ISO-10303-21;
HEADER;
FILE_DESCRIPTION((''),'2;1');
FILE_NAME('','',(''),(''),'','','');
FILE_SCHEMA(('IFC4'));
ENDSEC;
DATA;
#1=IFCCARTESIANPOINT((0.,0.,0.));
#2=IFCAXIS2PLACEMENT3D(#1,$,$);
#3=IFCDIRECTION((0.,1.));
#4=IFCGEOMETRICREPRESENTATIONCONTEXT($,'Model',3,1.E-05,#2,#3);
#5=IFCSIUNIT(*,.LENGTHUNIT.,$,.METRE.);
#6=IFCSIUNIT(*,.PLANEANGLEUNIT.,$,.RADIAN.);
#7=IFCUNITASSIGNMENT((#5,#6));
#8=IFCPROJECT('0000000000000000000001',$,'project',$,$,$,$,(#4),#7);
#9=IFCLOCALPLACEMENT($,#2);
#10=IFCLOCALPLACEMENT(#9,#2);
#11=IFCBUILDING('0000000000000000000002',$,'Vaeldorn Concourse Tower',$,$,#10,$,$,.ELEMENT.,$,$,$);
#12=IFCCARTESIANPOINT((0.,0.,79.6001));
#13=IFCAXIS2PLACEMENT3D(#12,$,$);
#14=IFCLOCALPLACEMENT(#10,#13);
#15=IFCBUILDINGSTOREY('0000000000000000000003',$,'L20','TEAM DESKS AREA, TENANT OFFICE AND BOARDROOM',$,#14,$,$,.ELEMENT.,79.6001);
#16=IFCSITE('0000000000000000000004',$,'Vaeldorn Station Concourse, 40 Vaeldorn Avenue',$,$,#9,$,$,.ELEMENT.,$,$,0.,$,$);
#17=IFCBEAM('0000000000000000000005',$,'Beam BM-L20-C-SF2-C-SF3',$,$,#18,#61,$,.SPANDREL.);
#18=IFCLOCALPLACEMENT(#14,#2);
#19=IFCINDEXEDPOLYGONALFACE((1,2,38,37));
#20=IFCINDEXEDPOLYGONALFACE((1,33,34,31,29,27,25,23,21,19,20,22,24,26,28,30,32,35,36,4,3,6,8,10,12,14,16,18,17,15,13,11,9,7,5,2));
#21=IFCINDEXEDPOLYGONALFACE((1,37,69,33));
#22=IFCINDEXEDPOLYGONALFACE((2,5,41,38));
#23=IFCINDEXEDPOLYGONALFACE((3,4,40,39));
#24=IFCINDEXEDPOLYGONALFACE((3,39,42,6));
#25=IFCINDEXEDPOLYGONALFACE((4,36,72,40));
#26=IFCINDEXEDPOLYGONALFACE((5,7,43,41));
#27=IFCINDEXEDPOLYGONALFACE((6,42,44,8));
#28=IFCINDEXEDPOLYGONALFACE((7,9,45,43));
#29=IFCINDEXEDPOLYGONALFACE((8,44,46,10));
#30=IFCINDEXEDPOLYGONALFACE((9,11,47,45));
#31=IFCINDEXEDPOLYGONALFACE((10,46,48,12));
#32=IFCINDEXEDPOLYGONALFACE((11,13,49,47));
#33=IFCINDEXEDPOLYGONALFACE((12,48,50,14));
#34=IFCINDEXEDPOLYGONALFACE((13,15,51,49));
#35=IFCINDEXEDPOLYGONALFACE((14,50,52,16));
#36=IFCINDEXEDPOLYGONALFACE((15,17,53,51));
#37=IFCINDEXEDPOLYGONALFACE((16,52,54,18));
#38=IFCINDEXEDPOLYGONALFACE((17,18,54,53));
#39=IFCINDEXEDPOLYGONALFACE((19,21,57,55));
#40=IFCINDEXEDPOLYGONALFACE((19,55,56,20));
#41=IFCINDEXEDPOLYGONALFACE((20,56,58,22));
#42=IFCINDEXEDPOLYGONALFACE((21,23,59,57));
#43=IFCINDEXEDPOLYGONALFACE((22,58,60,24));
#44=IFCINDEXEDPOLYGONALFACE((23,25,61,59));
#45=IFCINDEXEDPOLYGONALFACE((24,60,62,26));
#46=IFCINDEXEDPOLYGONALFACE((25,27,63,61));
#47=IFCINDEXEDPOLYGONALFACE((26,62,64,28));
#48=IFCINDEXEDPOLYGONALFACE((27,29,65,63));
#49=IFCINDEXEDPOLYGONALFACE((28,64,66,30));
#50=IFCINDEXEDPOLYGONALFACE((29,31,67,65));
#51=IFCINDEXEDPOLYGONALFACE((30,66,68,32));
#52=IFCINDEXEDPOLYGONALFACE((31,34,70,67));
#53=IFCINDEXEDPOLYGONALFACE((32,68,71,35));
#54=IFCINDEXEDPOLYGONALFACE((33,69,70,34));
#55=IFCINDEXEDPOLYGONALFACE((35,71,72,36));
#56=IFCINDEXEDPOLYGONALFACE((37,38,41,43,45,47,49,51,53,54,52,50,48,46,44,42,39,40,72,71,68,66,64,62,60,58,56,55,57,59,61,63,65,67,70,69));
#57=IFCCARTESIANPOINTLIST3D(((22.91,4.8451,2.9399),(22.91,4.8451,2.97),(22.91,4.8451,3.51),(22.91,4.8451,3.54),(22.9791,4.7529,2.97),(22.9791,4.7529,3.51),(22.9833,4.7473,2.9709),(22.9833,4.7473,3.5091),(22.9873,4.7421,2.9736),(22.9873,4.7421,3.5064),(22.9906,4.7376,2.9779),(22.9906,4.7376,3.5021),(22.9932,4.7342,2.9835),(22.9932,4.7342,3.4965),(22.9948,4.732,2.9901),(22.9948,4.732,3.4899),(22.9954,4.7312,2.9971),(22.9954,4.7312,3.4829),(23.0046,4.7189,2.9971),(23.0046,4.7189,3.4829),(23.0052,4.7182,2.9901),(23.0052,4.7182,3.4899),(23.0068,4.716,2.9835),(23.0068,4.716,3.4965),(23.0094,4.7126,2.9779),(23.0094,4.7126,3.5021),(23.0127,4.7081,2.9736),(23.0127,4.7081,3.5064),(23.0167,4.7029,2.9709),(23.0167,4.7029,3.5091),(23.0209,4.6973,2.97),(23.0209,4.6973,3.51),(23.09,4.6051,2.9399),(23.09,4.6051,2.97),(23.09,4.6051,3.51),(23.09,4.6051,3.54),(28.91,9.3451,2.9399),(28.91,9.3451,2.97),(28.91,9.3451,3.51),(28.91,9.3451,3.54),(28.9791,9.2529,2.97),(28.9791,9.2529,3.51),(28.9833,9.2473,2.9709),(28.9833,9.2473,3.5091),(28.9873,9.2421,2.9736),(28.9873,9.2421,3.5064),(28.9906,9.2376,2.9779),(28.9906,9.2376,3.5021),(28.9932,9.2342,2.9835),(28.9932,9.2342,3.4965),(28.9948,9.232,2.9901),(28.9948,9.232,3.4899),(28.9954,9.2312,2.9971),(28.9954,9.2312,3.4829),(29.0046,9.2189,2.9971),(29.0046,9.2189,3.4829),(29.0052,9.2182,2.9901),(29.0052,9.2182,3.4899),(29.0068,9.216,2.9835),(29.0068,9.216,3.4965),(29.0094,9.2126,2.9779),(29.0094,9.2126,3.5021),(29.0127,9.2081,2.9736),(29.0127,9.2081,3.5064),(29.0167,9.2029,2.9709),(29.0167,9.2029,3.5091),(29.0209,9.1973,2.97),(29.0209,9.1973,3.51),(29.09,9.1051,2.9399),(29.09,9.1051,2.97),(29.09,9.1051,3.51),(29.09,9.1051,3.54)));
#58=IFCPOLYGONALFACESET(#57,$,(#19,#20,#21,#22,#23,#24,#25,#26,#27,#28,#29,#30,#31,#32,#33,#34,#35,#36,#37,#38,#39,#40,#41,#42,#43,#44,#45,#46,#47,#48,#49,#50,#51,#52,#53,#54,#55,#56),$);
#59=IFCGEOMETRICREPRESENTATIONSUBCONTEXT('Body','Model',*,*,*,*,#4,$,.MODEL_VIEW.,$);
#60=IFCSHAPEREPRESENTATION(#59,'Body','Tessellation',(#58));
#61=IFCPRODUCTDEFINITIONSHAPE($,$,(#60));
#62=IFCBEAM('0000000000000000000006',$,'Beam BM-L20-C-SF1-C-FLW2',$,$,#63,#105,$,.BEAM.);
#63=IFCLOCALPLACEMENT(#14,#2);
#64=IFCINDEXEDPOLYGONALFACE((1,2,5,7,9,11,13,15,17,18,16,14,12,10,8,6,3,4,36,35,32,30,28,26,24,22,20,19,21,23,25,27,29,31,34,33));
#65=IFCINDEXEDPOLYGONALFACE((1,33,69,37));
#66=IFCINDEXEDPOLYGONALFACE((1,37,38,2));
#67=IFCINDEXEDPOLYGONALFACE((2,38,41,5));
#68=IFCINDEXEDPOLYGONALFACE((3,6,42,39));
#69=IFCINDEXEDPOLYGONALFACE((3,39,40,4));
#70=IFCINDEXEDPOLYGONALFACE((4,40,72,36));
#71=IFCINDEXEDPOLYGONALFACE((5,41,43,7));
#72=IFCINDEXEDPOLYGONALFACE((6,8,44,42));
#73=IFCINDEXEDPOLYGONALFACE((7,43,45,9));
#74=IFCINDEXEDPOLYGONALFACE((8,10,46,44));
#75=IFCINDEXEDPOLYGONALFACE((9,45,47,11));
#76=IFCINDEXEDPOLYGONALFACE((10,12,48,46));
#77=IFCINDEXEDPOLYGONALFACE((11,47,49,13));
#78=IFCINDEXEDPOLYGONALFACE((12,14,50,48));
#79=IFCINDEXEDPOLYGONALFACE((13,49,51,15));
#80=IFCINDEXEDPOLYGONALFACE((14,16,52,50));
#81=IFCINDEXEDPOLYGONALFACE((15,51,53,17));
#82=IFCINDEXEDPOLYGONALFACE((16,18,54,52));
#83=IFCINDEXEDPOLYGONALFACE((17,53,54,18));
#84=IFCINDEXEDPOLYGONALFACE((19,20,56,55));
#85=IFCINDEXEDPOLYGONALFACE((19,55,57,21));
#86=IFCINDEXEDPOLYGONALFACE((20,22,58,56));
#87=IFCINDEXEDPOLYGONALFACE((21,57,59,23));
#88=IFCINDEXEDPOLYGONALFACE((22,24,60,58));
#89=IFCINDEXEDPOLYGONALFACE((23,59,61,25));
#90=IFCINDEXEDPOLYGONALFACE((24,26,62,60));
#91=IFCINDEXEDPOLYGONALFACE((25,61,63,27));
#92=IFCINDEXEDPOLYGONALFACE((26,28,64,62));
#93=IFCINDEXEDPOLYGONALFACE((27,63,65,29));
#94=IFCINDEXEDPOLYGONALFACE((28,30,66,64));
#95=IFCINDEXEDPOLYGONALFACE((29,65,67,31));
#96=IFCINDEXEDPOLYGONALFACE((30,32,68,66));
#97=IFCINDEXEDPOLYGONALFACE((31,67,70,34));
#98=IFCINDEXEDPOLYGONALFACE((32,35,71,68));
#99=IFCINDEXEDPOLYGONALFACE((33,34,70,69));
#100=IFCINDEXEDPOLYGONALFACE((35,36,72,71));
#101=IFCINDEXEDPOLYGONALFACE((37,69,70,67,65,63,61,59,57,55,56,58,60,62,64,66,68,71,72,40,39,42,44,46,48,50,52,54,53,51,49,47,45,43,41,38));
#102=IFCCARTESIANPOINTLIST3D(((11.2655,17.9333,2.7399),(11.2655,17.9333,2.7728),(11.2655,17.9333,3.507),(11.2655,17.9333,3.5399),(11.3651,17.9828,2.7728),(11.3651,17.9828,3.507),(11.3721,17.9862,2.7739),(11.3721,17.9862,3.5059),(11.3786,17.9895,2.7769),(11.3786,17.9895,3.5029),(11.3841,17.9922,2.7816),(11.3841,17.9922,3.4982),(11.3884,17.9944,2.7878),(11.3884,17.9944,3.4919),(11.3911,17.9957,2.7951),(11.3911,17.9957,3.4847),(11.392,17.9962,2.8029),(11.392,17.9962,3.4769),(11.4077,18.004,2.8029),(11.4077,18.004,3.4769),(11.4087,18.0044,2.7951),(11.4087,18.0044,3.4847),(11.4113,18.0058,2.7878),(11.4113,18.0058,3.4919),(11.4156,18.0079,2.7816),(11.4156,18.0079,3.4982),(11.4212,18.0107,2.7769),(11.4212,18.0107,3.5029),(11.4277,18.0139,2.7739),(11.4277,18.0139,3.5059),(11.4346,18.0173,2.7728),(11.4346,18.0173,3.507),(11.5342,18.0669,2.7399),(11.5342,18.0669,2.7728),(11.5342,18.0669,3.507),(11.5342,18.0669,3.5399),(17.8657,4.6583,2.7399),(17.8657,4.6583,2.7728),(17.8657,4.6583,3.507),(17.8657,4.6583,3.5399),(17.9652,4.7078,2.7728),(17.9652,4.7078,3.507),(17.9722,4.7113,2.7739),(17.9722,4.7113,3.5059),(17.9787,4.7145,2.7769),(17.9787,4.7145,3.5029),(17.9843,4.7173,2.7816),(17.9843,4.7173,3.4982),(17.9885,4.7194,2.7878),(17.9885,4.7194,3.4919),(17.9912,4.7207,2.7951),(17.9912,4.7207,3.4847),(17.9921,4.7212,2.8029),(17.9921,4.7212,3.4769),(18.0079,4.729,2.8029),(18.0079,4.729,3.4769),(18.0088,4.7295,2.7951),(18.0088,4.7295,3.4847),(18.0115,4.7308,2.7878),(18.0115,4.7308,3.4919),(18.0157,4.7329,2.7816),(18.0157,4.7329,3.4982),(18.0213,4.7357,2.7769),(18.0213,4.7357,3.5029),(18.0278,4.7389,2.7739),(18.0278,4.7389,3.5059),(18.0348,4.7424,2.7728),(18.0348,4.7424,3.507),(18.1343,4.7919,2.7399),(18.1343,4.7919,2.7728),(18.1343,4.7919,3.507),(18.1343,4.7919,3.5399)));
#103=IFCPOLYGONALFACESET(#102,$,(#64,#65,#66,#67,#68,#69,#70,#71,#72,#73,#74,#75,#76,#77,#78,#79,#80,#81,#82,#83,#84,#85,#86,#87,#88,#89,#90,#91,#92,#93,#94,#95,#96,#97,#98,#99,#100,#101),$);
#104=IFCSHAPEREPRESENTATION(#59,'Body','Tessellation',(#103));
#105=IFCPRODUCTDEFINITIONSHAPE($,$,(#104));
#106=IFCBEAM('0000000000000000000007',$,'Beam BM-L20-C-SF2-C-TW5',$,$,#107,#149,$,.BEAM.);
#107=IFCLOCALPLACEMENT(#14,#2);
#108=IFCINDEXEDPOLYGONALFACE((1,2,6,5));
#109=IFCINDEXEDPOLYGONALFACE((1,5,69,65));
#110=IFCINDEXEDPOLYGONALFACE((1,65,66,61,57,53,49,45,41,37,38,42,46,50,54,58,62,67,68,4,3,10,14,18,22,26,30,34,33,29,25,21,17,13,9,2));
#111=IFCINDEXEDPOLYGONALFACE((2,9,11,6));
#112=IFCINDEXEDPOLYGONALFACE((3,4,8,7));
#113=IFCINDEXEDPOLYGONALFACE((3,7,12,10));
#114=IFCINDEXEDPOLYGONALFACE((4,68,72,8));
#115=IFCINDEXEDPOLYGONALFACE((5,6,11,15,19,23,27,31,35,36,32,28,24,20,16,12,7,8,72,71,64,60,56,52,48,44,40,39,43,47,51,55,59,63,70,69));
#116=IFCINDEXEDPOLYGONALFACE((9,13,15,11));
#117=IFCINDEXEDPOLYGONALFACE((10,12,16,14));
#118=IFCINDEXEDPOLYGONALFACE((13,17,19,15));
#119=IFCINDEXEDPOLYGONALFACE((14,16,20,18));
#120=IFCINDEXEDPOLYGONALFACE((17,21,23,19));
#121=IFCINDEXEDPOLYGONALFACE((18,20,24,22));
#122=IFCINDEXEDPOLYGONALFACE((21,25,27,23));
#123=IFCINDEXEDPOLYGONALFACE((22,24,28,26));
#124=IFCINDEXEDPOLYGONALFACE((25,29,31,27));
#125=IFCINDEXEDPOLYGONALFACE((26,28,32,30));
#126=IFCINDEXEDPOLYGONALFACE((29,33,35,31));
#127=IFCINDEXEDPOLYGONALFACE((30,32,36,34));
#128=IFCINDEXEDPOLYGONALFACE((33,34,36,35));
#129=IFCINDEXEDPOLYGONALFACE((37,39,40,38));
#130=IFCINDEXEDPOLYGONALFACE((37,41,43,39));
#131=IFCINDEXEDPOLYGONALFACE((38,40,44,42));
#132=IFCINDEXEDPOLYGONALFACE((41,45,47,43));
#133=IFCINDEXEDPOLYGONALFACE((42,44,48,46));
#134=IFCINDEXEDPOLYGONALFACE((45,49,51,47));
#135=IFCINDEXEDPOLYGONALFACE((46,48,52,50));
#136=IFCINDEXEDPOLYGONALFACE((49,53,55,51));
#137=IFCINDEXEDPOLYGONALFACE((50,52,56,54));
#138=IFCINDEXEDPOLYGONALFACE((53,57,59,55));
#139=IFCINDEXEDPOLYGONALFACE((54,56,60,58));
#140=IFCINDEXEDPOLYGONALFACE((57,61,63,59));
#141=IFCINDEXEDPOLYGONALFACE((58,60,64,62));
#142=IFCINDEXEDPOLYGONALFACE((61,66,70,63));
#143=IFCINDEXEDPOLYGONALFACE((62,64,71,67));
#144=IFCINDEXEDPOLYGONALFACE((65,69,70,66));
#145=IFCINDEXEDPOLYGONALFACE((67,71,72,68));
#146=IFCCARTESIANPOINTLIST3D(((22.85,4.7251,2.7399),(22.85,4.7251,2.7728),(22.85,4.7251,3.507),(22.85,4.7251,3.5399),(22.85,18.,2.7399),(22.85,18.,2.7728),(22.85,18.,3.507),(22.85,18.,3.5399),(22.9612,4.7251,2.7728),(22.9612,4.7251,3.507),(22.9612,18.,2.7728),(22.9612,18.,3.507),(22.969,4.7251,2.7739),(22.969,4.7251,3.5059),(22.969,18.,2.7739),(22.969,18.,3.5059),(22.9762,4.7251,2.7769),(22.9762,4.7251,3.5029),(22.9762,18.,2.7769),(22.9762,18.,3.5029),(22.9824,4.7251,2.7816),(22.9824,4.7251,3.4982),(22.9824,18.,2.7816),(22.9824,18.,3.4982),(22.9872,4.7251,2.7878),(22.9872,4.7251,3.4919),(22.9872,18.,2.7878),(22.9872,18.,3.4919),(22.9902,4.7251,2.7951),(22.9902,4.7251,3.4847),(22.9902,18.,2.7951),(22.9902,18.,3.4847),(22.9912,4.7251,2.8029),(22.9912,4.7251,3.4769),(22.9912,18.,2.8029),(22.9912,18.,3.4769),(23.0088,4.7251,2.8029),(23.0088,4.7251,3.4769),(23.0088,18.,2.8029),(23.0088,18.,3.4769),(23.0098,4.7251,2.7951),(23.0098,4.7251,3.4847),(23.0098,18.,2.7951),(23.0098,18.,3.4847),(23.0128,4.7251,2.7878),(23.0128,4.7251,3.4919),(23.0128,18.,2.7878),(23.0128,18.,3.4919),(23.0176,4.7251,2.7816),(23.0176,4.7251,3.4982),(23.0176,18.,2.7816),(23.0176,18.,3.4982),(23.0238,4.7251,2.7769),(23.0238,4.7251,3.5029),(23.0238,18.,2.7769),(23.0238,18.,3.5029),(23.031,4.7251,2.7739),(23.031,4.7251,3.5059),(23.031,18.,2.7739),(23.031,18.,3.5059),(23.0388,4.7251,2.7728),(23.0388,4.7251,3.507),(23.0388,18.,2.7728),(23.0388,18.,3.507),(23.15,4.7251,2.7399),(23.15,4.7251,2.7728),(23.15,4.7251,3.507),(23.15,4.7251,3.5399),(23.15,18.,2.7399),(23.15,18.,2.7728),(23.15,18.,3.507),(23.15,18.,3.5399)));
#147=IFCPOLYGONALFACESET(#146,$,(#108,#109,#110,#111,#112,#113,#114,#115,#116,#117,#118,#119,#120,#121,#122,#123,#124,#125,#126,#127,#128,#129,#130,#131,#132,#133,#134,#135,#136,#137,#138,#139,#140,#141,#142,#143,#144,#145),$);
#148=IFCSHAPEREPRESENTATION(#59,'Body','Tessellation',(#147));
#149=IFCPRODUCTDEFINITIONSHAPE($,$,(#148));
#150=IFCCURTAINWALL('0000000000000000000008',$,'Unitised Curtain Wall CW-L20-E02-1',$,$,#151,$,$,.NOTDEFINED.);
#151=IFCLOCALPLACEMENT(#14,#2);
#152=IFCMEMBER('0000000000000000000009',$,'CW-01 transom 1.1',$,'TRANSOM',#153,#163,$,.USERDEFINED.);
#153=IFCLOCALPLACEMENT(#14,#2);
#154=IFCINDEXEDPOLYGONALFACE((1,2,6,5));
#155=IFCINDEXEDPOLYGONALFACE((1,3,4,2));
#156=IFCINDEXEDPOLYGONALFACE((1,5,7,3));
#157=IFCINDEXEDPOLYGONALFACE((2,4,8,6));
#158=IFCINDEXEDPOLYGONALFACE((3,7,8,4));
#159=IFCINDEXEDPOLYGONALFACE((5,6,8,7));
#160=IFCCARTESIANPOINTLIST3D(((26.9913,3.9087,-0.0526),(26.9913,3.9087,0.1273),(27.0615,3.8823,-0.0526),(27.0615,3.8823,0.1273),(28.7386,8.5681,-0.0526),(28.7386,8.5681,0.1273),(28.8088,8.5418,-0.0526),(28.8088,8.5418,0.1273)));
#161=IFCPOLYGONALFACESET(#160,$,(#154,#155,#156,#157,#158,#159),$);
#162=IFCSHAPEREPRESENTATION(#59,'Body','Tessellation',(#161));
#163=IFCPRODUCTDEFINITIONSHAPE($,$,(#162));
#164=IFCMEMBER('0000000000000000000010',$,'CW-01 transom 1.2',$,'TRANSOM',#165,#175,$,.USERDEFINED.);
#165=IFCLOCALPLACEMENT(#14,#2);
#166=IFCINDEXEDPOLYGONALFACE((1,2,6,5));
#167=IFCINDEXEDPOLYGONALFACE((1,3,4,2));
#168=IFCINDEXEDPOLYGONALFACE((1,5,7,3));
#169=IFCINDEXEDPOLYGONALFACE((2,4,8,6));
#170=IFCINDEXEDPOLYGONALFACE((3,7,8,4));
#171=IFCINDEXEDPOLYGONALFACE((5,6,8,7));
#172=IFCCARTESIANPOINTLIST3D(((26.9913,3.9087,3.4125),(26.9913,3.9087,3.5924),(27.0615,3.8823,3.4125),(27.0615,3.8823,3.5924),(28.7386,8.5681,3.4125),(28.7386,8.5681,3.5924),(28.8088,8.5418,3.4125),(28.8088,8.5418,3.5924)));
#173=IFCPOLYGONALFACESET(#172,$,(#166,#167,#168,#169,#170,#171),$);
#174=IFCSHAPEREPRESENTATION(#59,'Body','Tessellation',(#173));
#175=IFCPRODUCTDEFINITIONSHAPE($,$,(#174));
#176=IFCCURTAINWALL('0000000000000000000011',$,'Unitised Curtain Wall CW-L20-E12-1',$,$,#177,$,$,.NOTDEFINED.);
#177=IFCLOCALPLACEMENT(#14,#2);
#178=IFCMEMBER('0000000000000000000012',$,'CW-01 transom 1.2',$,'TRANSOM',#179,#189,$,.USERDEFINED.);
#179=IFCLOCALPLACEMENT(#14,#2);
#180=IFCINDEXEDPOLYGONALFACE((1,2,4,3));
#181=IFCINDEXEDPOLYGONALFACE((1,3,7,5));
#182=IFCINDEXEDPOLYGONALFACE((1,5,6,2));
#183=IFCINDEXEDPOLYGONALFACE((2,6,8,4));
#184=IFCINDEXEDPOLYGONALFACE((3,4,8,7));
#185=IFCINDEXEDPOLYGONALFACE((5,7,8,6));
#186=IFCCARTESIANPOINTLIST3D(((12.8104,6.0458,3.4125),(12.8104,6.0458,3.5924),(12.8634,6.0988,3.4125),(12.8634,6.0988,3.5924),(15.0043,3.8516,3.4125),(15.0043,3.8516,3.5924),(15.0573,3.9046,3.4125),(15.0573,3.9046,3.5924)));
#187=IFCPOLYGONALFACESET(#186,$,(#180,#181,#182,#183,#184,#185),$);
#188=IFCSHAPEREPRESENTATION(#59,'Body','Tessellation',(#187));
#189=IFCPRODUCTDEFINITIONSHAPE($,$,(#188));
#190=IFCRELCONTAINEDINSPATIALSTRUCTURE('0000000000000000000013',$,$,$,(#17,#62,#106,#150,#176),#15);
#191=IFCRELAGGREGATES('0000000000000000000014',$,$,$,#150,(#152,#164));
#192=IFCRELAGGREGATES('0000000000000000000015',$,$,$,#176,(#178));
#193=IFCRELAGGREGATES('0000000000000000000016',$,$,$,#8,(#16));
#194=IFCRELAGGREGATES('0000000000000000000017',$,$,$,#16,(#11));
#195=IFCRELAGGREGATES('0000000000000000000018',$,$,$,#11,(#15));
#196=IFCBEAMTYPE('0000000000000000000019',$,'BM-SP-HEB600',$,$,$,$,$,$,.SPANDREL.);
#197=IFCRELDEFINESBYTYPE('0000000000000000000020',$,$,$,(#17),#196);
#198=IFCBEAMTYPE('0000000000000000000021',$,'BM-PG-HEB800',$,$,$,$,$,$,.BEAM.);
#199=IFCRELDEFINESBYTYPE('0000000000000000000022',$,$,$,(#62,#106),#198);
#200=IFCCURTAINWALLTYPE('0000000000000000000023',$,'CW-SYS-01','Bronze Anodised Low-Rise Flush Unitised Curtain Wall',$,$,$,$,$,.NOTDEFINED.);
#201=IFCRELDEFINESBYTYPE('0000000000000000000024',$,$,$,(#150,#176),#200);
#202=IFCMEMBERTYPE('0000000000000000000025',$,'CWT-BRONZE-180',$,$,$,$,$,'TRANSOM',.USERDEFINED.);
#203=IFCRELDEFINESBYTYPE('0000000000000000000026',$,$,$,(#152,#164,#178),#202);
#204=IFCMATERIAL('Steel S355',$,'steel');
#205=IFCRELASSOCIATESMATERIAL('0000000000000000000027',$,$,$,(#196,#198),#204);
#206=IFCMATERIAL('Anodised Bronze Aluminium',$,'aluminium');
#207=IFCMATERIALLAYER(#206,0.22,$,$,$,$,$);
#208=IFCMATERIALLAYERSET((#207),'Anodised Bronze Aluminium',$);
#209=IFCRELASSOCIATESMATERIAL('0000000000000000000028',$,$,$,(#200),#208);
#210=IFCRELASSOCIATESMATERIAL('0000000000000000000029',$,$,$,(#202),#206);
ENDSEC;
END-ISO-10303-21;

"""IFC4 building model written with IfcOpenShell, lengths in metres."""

from ifc_helpers import new_model, si_unit, direction, frame, origin, origin_2d, place, context, subcontext, project, spatial, rectangle, i_section, extrude, source, transform, mapped, material, layer, layer_set, material_profile, profile_set, type_object, element, aggregate, save


model = new_model("IFC4")

# Units and contexts
model_context = context("Model", 3, precision=1e-05, world=origin(), true_north=direction((0.0, 1.0)))
body_context = subcontext(model_context, "Body", "Model", "MODEL_VIEW")
ifc_project = project(units=[si_unit("LENGTHUNIT", "METRE"), si_unit("PLANEANGLEUNIT", "RADIAN")], contexts=[model_context])

# Site, building, storey
site_placement = place(None, origin())
site = spatial("IfcSite", under=ifc_project, at=site_placement, Name="Vaeldorn Station Concourse, 40 Vaeldorn Avenue", CompositionType="ELEMENT", RefElevation=0.0)
building_placement = place(site_placement, origin())
building = spatial("IfcBuilding", under=site, at=building_placement, Name="Vaeldorn Concourse Tower", CompositionType="ELEMENT")
storey_placement = place(building_placement, frame((0.0, 0.0, 79.6001)))
storey = spatial("IfcBuildingStorey", under=building, at=storey_placement, Name="L20", Description="TEAM DESKS AREA, TENANT OFFICE AND BOARDROOM", CompositionType="ELEMENT", Elevation=79.6001)

# Beams
ifc_material_1 = material(Name="Steel S355", Category="steel")
ifc_material_profile_1 = material_profile(ifc_material_1, i_section(OverallWidth=0.3, OverallDepth=0.6001, WebThickness=0.0154, FlangeThickness=0.03, FilletRadius=0.0271, at=origin_2d()), Name="HEB 600")
ifc_profile_set_1 = profile_set([ifc_material_profile_1], Name="Steel S355")
beam_type_1 = type_object("IfcBeamType", Name="BM-SP-HEB600", PredefinedType="SPANDREL", material=ifc_profile_set_1)
shared_shape_1 = source(origin(), body_context, "Body", "SweptSolid", [
    extrude(i_section(OverallWidth=0.3, OverallDepth=0.6001, WebThickness=0.0154, FlangeThickness=0.03, FilletRadius=0.0271, at=origin_2d()), origin(), (0.0, 0.0, 1.0), 7.5),
])
beam_1_placement = place(storey_placement, frame((23.0, 4.7251, 3.24), z_axis=(0.8, 0.6, 0.0), x_axis=(-0.6, 0.8, 0.0)))
element("IfcBeam", 1, at=beam_1_placement, inside=storey, type_object=beam_type_1, Name="Beam BM-L20-C-SF2-C-SF3", PredefinedType="SPANDREL", context=body_context, shape_type="MappedRepresentation", body=[
    mapped(shared_shape_1, transform((0.0, 0.0, 0.0), scale=1.0)),
])
ifc_material_profile_2 = material_profile(ifc_material_1, i_section(OverallWidth=0.3, OverallDepth=0.8, WebThickness=0.0176, FlangeThickness=0.033, FilletRadius=0.03, at=origin_2d()), Name="HEB 800")
ifc_profile_set_2 = profile_set([ifc_material_profile_2], Name="Steel S355")
beam_type_2 = type_object("IfcBeamType", Name="BM-PG-HEB800", PredefinedType="BEAM", material=ifc_profile_set_2)
shared_shape_2 = source(origin(), body_context, "Body", "SweptSolid", [
    extrude(i_section(OverallWidth=0.3, OverallDepth=0.8, WebThickness=0.0176, FlangeThickness=0.033, FilletRadius=0.03, at=origin_2d()), origin(), (0.0, 0.0, 1.0), 14.8252),
])
beam_2_placement = place(storey_placement, frame((18.0, 4.7251, 3.1399), z_axis=(-0.445197, 0.895433, 0.0), x_axis=(-0.895433, -0.445197, 0.0)))
element("IfcBeam", 2, at=beam_2_placement, inside=storey, type_object=beam_type_2, Name="Beam BM-L20-C-SF1-C-FLW2", PredefinedType="BEAM", context=body_context, shape_type="MappedRepresentation", body=[
    mapped(shared_shape_2, transform((0.0, 0.0, 0.0), scale=1.0)),
])
shared_shape_3 = source(origin(), body_context, "Body", "SweptSolid", [
    extrude(i_section(OverallWidth=0.3, OverallDepth=0.8, WebThickness=0.0176, FlangeThickness=0.033, FilletRadius=0.03, at=origin_2d()), origin(), (0.0, 0.0, 1.0), 13.2749),
])
beam_3_placement = place(storey_placement, frame((23.0, 4.7251, 3.1399), z_axis=(0.0, 1.0, 0.0), x_axis=(-1.0, 0.0, 0.0)))
element("IfcBeam", 3, at=beam_3_placement, inside=storey, type_object=beam_type_2, Name="Beam BM-L20-C-SF2-C-TW5", PredefinedType="BEAM", context=body_context, shape_type="MappedRepresentation", body=[
    mapped(shared_shape_3, transform((0.0, 0.0, 0.0), scale=1.0)),
])

# Curtain wall, members
ifc_material_2 = material(Name="Anodised Bronze Aluminium", Category="aluminium")
ifc_layer_1 = layer(ifc_material_2, 0.22)
ifc_layer_set_1 = layer_set([ifc_layer_1], Name="Anodised Bronze Aluminium")
curtain_wall_type = type_object("IfcCurtainWallType", Name="CW-SYS-01", Description="Bronze Anodised Low-Rise Flush Unitised Curtain Wall", PredefinedType="NOTDEFINED", material=ifc_layer_set_1)
curtain_wall_1_placement = place(storey_placement, origin())
curtain_wall_1 = element("IfcCurtainWall", 4, at=curtain_wall_1_placement, inside=storey, type_object=curtain_wall_type, Name="Unitised Curtain Wall CW-L20-E02-1", PredefinedType="NOTDEFINED")
ifc_material_profile_3 = material_profile(ifc_material_2, rectangle(XDim=0.075, YDim=0.1799, at=origin_2d()), Name="CWT 75x180")
ifc_profile_set_3 = profile_set([ifc_material_profile_3], Name="Anodised Bronze Aluminium")
member_type_1 = type_object("IfcMemberType", Name="CWT-BRONZE-180", ElementType="TRANSOM", PredefinedType="USERDEFINED", material=ifc_profile_set_3)
shared_shape_4 = source(origin(), body_context, "Body", "SweptSolid", [
    extrude(rectangle(XDim=0.075, YDim=0.1799, at=origin_2d()), origin(), (0.0, 0.0, 1.0), 4.9763),
])
member_1_placement = place(storey_placement, frame((27.0264, 3.8955, 0.0374), z_axis=(0.351129, 0.936327, 0.0), x_axis=(-0.936327, 0.351129, 0.0)))
member_1 = element("IfcMember", 5, at=member_1_placement, type_object=member_type_1, Name="CW-01 transom 1.1", ObjectType="TRANSOM", PredefinedType="USERDEFINED", context=body_context, shape_type="MappedRepresentation", body=[
    mapped(shared_shape_4, transform((0.0, 0.0, 0.0), scale=1.0)),
])
member_2_placement = place(storey_placement, frame((27.0264, 3.8955, 3.5024), z_axis=(0.351129, 0.936327, 0.0), x_axis=(-0.936327, 0.351129, 0.0)))
member_2 = element("IfcMember", 6, at=member_2_placement, type_object=member_type_1, Name="CW-01 transom 1.2", ObjectType="TRANSOM", PredefinedType="USERDEFINED", context=body_context, shape_type="MappedRepresentation", body=[
    mapped(shared_shape_4, transform((0.0, 0.0, 0.0), scale=1.0)),
])

# Curtain wall, member
curtain_wall_2_placement = place(storey_placement, origin())
curtain_wall_2 = element("IfcCurtainWall", 7, at=curtain_wall_2_placement, inside=storey, type_object=curtain_wall_type, Name="Unitised Curtain Wall CW-L20-E12-1", PredefinedType="NOTDEFINED")
shared_shape_5 = source(origin(), body_context, "Body", "SweptSolid", [
    extrude(rectangle(XDim=0.075, YDim=0.1799, at=origin_2d()), origin(), (0.0, 0.0, 1.0), 3.1028),
])
member_3_placement = place(storey_placement, frame((12.8369, 6.0723, 3.5024), z_axis=(0.707067, -0.707146, 0.0), x_axis=(0.707146, 0.707067, 0.0)))
member_3 = element("IfcMember", 8, at=member_3_placement, type_object=member_type_1, Name="CW-01 transom 1.2", ObjectType="TRANSOM", PredefinedType="USERDEFINED", context=body_context, shape_type="MappedRepresentation", body=[
    mapped(shared_shape_5, transform((0.0, 0.0, 0.0), scale=1.0)),
])

aggregate(curtain_wall_1, [member_1, member_2])

aggregate(curtain_wall_2, [member_3])

save(model, "model.ifc")
